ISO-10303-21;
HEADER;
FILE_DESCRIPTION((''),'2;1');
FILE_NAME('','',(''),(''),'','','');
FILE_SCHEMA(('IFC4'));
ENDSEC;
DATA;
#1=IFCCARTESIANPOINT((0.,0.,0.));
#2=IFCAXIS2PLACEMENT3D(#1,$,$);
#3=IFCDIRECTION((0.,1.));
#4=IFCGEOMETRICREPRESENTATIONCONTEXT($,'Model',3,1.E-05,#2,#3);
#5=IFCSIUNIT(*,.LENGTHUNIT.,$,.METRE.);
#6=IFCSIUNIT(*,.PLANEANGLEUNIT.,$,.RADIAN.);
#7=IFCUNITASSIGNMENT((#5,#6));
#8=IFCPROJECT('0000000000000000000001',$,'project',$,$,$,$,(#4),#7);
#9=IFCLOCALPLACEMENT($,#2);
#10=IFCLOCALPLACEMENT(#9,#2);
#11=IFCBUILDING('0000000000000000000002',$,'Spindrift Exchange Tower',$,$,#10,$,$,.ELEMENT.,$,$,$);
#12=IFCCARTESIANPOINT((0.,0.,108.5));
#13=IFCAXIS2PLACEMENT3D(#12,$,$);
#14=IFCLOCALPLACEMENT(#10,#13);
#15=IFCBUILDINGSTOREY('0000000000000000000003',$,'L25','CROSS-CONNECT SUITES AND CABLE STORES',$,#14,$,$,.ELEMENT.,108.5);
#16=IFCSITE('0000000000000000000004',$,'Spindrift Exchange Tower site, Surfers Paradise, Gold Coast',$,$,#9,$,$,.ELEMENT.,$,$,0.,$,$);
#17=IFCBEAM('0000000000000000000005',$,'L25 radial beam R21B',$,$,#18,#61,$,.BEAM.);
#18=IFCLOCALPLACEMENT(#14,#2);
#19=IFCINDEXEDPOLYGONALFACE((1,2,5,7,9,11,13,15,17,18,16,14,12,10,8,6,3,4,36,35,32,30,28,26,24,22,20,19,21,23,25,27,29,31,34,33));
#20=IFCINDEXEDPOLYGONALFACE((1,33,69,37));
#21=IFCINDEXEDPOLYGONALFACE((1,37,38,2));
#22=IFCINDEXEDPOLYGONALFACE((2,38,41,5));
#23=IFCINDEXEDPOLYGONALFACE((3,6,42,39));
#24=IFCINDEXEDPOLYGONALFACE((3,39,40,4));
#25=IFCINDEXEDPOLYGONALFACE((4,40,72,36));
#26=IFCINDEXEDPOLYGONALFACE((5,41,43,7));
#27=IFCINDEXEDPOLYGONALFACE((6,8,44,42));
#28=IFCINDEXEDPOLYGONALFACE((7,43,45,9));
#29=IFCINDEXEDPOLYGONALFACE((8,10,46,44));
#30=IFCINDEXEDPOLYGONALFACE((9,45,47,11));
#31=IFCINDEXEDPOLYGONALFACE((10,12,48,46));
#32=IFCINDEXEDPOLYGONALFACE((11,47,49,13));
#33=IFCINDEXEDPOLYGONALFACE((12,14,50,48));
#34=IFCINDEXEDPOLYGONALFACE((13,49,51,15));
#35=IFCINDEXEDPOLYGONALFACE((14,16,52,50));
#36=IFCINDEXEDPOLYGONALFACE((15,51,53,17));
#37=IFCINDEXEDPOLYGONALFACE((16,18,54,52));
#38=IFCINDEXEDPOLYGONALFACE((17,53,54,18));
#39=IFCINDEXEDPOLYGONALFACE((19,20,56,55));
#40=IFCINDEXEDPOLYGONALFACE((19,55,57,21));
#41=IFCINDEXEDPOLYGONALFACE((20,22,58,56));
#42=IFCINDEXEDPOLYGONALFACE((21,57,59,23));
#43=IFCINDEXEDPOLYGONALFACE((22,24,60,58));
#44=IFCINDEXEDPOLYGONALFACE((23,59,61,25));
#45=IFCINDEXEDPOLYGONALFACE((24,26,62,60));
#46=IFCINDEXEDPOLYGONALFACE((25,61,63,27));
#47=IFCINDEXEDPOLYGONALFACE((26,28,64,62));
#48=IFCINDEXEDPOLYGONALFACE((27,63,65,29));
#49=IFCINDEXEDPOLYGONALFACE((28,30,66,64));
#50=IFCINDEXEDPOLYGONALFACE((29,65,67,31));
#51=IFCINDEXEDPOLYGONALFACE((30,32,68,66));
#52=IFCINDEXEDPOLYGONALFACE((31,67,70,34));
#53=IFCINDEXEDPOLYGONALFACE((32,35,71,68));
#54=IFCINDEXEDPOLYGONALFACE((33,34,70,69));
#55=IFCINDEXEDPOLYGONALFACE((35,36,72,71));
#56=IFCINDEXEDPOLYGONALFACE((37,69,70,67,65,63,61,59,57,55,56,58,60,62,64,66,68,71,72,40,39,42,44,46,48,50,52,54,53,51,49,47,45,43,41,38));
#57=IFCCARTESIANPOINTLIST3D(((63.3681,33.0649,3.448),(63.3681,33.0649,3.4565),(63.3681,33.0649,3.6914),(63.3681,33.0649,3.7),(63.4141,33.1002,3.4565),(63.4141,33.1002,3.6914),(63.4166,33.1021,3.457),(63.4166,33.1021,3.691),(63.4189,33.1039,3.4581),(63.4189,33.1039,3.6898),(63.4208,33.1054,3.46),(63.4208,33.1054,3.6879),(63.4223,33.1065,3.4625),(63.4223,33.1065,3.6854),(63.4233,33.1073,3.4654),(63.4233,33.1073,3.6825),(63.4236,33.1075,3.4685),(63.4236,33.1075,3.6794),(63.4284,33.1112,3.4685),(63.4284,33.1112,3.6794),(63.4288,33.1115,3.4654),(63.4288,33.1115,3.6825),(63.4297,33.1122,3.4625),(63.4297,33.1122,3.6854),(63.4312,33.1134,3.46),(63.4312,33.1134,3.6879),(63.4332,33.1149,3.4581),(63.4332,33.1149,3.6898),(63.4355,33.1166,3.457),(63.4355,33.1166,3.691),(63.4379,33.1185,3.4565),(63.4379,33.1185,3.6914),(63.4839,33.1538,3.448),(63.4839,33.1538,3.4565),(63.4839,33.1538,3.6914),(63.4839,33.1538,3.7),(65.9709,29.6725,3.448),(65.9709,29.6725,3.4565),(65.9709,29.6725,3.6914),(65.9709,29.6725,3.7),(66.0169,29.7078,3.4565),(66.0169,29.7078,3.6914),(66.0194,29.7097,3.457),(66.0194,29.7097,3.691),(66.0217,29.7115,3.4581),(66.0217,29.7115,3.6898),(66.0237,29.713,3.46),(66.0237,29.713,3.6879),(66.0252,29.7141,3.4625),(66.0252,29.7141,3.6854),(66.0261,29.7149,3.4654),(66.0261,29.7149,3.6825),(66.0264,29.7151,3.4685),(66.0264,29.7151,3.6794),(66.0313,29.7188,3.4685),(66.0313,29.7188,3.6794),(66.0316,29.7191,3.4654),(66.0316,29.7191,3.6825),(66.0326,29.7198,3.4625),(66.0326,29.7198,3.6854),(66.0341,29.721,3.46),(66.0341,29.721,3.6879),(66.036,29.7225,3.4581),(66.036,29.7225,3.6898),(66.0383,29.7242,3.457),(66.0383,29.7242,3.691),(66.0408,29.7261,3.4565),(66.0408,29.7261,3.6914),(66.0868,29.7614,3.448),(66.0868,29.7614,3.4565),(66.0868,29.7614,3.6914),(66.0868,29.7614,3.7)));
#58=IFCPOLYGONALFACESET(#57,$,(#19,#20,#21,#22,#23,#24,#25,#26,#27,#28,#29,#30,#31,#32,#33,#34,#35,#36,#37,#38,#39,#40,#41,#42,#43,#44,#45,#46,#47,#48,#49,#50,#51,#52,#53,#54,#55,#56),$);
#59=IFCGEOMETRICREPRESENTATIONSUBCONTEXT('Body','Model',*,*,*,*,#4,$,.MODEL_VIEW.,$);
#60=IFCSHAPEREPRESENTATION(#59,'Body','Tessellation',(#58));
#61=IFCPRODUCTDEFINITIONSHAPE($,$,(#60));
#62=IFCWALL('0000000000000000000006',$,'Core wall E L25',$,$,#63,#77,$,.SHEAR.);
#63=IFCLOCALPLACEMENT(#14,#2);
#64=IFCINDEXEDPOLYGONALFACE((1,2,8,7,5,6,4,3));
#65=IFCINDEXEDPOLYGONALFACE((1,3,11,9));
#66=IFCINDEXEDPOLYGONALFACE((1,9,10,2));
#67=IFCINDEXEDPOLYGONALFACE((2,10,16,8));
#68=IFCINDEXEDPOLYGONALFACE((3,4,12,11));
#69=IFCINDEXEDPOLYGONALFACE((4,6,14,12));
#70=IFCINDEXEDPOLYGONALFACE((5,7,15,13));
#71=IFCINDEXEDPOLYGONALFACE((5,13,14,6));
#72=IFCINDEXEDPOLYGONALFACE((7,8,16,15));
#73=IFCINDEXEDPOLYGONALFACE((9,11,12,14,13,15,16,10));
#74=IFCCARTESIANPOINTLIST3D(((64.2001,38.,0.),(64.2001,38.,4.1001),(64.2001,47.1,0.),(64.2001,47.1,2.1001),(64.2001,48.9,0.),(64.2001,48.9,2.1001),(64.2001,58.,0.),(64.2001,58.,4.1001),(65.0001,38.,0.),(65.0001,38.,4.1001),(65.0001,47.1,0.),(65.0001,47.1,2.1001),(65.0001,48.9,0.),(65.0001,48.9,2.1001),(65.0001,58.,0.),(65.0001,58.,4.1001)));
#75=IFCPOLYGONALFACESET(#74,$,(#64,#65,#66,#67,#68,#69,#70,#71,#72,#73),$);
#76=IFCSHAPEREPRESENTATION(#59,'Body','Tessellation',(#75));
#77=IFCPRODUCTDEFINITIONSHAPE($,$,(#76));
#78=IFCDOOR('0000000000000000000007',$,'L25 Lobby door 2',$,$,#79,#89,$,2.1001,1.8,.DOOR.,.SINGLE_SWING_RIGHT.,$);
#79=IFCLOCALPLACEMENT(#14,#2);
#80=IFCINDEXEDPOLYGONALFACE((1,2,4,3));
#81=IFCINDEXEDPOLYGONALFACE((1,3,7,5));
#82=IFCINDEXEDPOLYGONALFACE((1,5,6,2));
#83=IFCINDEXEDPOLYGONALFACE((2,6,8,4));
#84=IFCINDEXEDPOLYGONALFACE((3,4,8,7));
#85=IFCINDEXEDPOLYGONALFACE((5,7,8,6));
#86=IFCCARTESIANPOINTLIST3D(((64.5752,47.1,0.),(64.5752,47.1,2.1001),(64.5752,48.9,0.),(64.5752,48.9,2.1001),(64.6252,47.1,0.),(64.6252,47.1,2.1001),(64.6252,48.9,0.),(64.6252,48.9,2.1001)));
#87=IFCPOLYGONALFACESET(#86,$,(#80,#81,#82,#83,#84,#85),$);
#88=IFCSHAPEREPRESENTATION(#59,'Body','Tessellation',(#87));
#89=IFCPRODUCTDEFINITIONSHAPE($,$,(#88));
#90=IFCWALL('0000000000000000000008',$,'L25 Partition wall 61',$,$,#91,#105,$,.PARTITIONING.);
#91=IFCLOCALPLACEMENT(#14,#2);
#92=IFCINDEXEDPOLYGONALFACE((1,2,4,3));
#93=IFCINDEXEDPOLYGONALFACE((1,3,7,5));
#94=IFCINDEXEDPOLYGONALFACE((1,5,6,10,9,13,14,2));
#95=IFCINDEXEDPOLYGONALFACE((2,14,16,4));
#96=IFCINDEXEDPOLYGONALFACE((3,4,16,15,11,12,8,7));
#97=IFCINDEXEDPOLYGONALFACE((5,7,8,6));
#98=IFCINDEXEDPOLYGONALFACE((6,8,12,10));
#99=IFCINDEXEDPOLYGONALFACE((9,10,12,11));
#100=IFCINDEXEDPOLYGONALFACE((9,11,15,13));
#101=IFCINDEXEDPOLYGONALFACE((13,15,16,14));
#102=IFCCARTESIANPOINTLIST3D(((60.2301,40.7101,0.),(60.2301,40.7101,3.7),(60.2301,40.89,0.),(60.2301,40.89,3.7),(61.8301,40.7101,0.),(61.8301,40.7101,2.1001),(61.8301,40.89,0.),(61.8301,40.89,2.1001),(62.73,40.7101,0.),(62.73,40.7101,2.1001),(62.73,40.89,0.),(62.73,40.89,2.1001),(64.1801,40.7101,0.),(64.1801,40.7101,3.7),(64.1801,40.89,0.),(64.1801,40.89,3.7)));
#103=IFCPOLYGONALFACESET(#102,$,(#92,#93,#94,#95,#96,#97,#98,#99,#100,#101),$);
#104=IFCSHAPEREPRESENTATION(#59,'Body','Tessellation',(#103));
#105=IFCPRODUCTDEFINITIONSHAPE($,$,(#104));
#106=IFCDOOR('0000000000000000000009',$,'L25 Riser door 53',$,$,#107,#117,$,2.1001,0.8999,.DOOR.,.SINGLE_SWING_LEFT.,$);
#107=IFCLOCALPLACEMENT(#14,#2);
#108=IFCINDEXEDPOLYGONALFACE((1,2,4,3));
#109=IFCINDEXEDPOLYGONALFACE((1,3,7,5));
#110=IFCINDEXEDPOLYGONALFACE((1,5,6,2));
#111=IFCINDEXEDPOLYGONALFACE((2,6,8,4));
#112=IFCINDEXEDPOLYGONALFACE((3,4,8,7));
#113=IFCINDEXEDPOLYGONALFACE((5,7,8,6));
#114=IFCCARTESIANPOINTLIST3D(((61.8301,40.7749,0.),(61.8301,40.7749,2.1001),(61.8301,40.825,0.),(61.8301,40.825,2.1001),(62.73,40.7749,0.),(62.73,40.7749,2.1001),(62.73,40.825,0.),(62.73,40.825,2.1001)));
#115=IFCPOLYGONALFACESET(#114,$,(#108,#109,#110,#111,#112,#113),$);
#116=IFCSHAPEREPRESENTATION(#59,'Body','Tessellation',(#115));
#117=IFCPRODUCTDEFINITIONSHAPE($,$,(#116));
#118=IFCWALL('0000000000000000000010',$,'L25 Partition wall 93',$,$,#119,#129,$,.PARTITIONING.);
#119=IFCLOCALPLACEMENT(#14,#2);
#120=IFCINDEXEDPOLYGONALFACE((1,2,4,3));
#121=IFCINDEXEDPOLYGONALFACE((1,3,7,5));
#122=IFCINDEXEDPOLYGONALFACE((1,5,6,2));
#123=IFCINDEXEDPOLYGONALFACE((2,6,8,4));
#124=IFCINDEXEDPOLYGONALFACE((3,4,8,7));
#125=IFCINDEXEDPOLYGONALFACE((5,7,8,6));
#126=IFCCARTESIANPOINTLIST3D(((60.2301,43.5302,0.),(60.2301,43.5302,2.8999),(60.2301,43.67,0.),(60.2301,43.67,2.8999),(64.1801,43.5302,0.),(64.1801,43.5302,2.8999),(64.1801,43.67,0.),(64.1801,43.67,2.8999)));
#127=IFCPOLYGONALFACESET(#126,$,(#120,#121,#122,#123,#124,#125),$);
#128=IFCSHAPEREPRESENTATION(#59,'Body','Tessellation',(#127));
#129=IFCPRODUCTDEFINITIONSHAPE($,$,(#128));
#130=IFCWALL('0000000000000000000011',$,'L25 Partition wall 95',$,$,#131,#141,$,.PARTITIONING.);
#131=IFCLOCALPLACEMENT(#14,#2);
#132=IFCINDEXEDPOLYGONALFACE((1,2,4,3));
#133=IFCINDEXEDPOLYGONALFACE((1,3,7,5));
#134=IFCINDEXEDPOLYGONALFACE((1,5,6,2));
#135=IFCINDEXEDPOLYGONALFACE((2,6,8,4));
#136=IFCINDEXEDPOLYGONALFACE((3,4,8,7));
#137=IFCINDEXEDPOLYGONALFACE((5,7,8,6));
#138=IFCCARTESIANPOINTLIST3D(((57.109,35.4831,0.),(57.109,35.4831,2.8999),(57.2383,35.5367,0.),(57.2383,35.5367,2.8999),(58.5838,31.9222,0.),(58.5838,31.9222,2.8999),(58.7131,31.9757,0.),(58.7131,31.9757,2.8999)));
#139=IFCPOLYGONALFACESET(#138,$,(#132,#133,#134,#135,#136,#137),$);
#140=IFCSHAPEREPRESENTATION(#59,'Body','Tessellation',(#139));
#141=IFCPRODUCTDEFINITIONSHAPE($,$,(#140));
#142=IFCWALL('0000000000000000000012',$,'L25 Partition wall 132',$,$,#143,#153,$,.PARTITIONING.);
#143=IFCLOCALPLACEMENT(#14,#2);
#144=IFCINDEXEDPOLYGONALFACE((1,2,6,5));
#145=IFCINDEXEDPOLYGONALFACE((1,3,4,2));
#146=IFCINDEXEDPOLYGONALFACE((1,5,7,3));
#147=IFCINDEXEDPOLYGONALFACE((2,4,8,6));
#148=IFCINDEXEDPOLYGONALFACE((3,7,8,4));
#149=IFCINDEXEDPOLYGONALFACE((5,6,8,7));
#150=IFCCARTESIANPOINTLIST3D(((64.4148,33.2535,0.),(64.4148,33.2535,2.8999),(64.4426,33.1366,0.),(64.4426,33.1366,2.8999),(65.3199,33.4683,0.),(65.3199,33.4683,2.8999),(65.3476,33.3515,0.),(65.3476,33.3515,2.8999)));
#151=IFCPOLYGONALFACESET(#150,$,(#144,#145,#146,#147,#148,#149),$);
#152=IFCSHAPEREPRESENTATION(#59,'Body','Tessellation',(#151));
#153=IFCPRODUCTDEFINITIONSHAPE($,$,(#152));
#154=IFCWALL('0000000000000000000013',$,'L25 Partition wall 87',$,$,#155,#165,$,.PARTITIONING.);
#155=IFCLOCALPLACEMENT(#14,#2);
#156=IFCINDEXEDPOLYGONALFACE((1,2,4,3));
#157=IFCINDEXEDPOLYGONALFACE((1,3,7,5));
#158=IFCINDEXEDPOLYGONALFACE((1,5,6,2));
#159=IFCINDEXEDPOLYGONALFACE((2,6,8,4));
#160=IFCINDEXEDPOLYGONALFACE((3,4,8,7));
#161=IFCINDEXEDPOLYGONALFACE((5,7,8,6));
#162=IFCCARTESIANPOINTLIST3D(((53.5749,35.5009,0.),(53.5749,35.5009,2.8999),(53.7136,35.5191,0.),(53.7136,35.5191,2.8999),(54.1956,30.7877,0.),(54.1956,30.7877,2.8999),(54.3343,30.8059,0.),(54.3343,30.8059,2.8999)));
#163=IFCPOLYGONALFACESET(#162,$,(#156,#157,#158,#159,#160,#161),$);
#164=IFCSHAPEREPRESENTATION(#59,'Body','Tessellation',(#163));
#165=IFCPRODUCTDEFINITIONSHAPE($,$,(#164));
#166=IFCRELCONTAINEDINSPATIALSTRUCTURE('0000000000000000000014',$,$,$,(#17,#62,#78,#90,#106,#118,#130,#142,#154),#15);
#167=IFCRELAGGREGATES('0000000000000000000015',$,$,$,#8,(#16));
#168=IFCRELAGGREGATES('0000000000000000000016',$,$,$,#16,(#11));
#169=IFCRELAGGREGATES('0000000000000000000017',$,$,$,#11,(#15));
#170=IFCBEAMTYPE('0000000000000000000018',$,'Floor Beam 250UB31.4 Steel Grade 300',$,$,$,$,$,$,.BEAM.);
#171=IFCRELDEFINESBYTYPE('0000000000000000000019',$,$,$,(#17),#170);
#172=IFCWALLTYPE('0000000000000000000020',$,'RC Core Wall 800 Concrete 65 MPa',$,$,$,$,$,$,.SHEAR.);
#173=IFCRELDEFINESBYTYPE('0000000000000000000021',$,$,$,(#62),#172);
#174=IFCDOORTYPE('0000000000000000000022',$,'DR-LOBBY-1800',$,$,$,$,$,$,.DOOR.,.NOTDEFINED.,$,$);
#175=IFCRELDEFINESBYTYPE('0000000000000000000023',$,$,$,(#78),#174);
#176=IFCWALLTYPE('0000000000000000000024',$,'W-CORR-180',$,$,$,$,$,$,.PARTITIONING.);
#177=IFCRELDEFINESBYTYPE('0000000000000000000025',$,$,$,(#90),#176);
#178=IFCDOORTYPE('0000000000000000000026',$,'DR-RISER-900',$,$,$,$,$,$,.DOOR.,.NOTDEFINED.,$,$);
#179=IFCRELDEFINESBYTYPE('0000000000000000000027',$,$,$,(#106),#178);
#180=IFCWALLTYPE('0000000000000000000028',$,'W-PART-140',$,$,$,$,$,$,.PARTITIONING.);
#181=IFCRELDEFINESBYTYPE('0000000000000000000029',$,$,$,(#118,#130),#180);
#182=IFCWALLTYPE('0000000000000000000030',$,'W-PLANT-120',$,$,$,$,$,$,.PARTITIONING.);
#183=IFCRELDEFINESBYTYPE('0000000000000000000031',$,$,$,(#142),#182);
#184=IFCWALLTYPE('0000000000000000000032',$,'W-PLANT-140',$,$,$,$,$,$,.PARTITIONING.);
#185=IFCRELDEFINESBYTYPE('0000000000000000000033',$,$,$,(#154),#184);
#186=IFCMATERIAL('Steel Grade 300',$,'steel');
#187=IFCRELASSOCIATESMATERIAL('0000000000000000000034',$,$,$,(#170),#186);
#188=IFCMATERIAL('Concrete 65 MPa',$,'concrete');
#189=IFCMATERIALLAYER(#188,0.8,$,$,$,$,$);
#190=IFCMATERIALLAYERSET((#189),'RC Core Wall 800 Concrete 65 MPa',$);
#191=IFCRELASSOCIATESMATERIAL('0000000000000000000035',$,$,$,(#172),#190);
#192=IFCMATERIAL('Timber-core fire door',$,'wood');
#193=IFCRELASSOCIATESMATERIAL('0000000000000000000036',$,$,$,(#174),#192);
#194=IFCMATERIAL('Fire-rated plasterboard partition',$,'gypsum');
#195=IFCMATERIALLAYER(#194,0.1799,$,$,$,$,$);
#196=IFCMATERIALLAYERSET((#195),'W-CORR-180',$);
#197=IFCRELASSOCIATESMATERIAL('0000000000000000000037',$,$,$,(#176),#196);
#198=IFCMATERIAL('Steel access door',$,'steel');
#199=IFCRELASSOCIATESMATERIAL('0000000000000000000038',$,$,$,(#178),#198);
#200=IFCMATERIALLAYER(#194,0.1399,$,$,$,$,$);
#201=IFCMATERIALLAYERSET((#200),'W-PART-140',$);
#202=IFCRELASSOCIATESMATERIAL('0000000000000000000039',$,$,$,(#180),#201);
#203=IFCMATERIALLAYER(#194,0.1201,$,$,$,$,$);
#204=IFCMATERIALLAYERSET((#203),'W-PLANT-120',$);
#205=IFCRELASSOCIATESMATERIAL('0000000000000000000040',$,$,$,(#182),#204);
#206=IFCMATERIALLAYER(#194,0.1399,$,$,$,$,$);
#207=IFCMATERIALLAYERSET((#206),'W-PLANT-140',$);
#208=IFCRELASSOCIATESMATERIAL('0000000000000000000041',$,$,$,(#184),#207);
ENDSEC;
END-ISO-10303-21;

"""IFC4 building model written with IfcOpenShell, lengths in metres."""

from ifc_helpers import new_model, si_unit, direction, frame, frame_2d, origin, origin_2d, place, context, subcontext, project, spatial, rectangle, i_section, extrude, source, transform, mapped, material, layer, layer_set, material_profile, profile_set, type_object, element, fill, save


model = new_model("IFC4")

# Units and contexts
model_context = context("Model", 3, precision=1e-05, world=origin(), true_north=direction((0.0, 1.0)))
body_context = subcontext(model_context, "Body", "Model", "MODEL_VIEW")
ifc_project = project(units=[si_unit("LENGTHUNIT", "METRE"), si_unit("PLANEANGLEUNIT", "RADIAN")], contexts=[model_context])

# Site, building, storey
site_placement = place(None, origin())
site = spatial("IfcSite", under=ifc_project, at=site_placement, Name="Spindrift Exchange Tower site, Surfers Paradise, Gold Coast", CompositionType="ELEMENT", RefElevation=0.0)
building_placement = place(site_placement, origin())
building = spatial("IfcBuilding", under=site, at=building_placement, Name="Spindrift Exchange Tower", CompositionType="ELEMENT")
storey_placement = place(building_placement, frame((0.0, 0.0, 108.5)))
storey = spatial("IfcBuildingStorey", under=building, at=storey_placement, Name="L25", Description="CROSS-CONNECT SUITES AND CABLE STORES", CompositionType="ELEMENT", Elevation=108.5)

# Shared definitions
ifc_material_1 = material(Name="Concrete 65 MPa", Category="concrete")

# Beam
ifc_material_2 = material(Name="Steel Grade 300", Category="steel")
ifc_material_profile_1 = material_profile(ifc_material_2, i_section(OverallWidth=0.146, OverallDepth=0.252, WebThickness=0.0061, FlangeThickness=0.0085, FilletRadius=0.012, at=origin_2d()), Name="250UB31.4")
ifc_profile_set_1 = profile_set([ifc_material_profile_1], Name="Steel Grade 300")
beam_type_1 = type_object("IfcBeamType", Name="Floor Beam 250UB31.4 Steel Grade 300", PredefinedType="BEAM", material=ifc_profile_set_1)
shared_shape_1 = source(origin(), body_context, "Body", "SweptSolid", [
    extrude(i_section(OverallWidth=0.146, OverallDepth=0.252, WebThickness=0.0061, FlangeThickness=0.0085, FilletRadius=0.012, at=origin_2d()), origin(), (0.0, 0.0, 1.0), 4.2759),
])
beam_1_placement = place(storey_placement, frame((63.426, 33.1094, 3.574), z_axis=(0.608725, -0.793381, 0.0), x_axis=(0.793381, 0.608725, 0.0)))
element("IfcBeam", 1, at=beam_1_placement, inside=storey, type_object=beam_type_1, Name="L25 radial beam R21B", PredefinedType="BEAM", context=body_context, shape_type="MappedRepresentation", body=[
    mapped(shared_shape_1, transform((0.0, 0.0, 0.0), scale=1.0)),
])

# Walls, openings, doors
ifc_layer_1 = layer(ifc_material_1, 0.8)
ifc_layer_set_1 = layer_set([ifc_layer_1], Name="RC Core Wall 800 Concrete 65 MPa")
wall_type_1 = type_object("IfcWallType", Name="RC Core Wall 800 Concrete 65 MPa", PredefinedType="SHEAR", material=ifc_layer_set_1)
wall_1_placement = place(storey_placement, frame((64.6001, 38.0, 0.0), z_axis=(0.0, 0.0, 1.0), x_axis=(0.0, 1.0, 0.0)))
wall_1 = element("IfcWall", 2, at=wall_1_placement, inside=storey, type_object=wall_type_1, Name="Core wall E L25", PredefinedType="SHEAR", context=body_context, shape_type="SweptSolid", body=[
    extrude(rectangle(XDim=20.0, YDim=0.8, at=frame_2d((10.0, 0.0))), origin(), (0.0, 0.0, 1.0), 4.1001),
])
opening_1_placement = place(wall_1_placement, frame((9.1001, 0.0, 0.0)))
opening_1 = element("IfcOpeningElement", 3, at=opening_1_placement, cuts=wall_1, PredefinedType="OPENING", context=body_context, shape_type="SweptSolid", body=[
    extrude(rectangle(XDim=1.8, YDim=2.1001, at=frame_2d((0.8999, 1.05))), frame((0.0, 0.4099, 0.0), z_axis=(0.0, -1.0, 0.0), x_axis=(1.0, 0.0, 0.0)), (0.0, 0.0, 1.0), 0.8201),
])
ifc_material_3 = material(Name="Timber-core fire door", Category="wood")
door_type_1 = type_object("IfcDoorType", Name="DR-LOBBY-1800", OperationType="NOTDEFINED", PredefinedType="DOOR", material=ifc_material_3)
shared_shape_2 = source(origin(), body_context, "Body", "SweptSolid", [
    extrude(rectangle(XDim=1.8, YDim=2.1001, at=frame_2d((0.8999, 1.05))), frame((0.0, 0.0249, 0.0), z_axis=(0.0, -1.0, 0.0), x_axis=(1.0, 0.0, 0.0)), (0.0, 0.0, 1.0), 0.05),
])
door_1_placement = place(opening_1_placement, origin())
door_1 = element("IfcDoor", 4, at=door_1_placement, inside=storey, type_object=door_type_1, Name="L25 Lobby door 2", OperationType="SINGLE_SWING_RIGHT", OverallHeight=2.1001, OverallWidth=1.8, PredefinedType="DOOR", context=body_context, shape_type="MappedRepresentation", body=[
    mapped(shared_shape_2, transform((0.0, 0.0, 0.0), scale=1.0)),
])
fill(opening_1, door_1)
ifc_material_4 = material(Name="Fire-rated plasterboard partition", Category="gypsum")
ifc_layer_2 = layer(ifc_material_4, 0.1799)
ifc_layer_set_2 = layer_set([ifc_layer_2], Name="W-CORR-180")
wall_type_2 = type_object("IfcWallType", Name="W-CORR-180", PredefinedType="PARTITIONING", material=ifc_layer_set_2)
wall_2_placement = place(storey_placement, frame((60.23, 40.8, 0.0), z_axis=(0.0, 0.0, 1.0), x_axis=(1.0, 0.0, 0.0)))
wall_2 = element("IfcWall", 5, at=wall_2_placement, inside=storey, type_object=wall_type_2, Name="L25 Partition wall 61", PredefinedType="PARTITIONING", context=body_context, shape_type="SweptSolid", body=[
    extrude(rectangle(XDim=3.95, YDim=0.1799, at=frame_2d((1.9751, 0.0))), origin(), (0.0, 0.0, 1.0), 3.7),
])
opening_2_placement = place(wall_2_placement, frame((1.6001, 0.0, 0.0)))
opening_2 = element("IfcOpeningElement", 6, at=opening_2_placement, cuts=wall_2, PredefinedType="OPENING", context=body_context, shape_type="SweptSolid", body=[
    extrude(rectangle(XDim=0.8999, YDim=2.1001, at=frame_2d((0.45, 1.05))), frame((0.0, 0.0999, 0.0), z_axis=(0.0, -1.0, 0.0), x_axis=(1.0, 0.0, 0.0)), (0.0, 0.0, 1.0), 0.2),
])
ifc_material_5 = material(Name="Steel access door", Category="steel")
door_type_2 = type_object("IfcDoorType", Name="DR-RISER-900", OperationType="NOTDEFINED", PredefinedType="DOOR", material=ifc_material_5)
shared_shape_3 = source(origin(), body_context, "Body", "SweptSolid", [
    extrude(rectangle(XDim=0.8999, YDim=2.1001, at=frame_2d((0.45, 1.05))), frame((0.0, 0.0249, 0.0), z_axis=(0.0, -1.0, 0.0), x_axis=(1.0, 0.0, 0.0)), (0.0, 0.0, 1.0), 0.05),
])
door_2_placement = place(opening_2_placement, origin())
door_2 = element("IfcDoor", 7, at=door_2_placement, inside=storey, type_object=door_type_2, Name="L25 Riser door 53", OperationType="SINGLE_SWING_LEFT", OverallHeight=2.1001, OverallWidth=0.8999, PredefinedType="DOOR", context=body_context, shape_type="MappedRepresentation", body=[
    mapped(shared_shape_3, transform((0.0, 0.0, 0.0), scale=1.0)),
])
fill(opening_2, door_2)

# Walls
ifc_layer_3 = layer(ifc_material_4, 0.1399)
ifc_layer_set_3 = layer_set([ifc_layer_3], Name="W-PART-140")
wall_type_3 = type_object("IfcWallType", Name="W-PART-140", PredefinedType="PARTITIONING", material=ifc_layer_set_3)
wall_3_placement = place(storey_placement, frame((60.23, 43.6001, 0.0), z_axis=(0.0, 0.0, 1.0), x_axis=(1.0, 0.0, 0.0)))
element("IfcWall", 8, at=wall_3_placement, inside=storey, type_object=wall_type_3, Name="L25 Partition wall 93", PredefinedType="PARTITIONING", context=body_context, shape_type="SweptSolid", body=[
    extrude(rectangle(XDim=3.95, YDim=0.1399, at=frame_2d((1.9751, 0.0))), origin(), (0.0, 0.0, 1.0), 2.8999),
])
wall_4_placement = place(storey_placement, frame((57.1736, 35.51, 0.0), z_axis=(0.0, 0.0, 1.0), x_axis=(0.382645, -0.923896, 0.0)))
element("IfcWall", 9, at=wall_4_placement, inside=storey, type_object=wall_type_3, Name="L25 Partition wall 95", PredefinedType="PARTITIONING", context=body_context, shape_type="SweptSolid", body=[
    extrude(rectangle(XDim=3.8542, YDim=0.1399, at=frame_2d((1.9272, 0.0))), origin(), (0.0, 0.0, 1.0), 2.8999),
])
ifc_layer_4 = layer(ifc_material_4, 0.1201)
ifc_layer_set_4 = layer_set([ifc_layer_4], Name="W-PLANT-120")
wall_type_4 = type_object("IfcWallType", Name="W-PLANT-120", PredefinedType="PARTITIONING", material=ifc_layer_set_4)
wall_5_placement = place(storey_placement, frame((64.4287, 33.1951, 0.0), z_axis=(0.0, 0.0, 1.0), x_axis=(0.972961, 0.23097, 0.0)))
element("IfcWall", 10, at=wall_5_placement, inside=storey, type_object=wall_type_4, Name="L25 Partition wall 132", PredefinedType="PARTITIONING", context=body_context, shape_type="SweptSolid", body=[
    extrude(rectangle(XDim=0.9302, YDim=0.1201, at=frame_2d((0.4651, 0.0))), origin(), (0.0, 0.0, 1.0), 2.8999),
])
ifc_layer_5 = layer(ifc_material_4, 0.1399)
ifc_layer_set_5 = layer_set([ifc_layer_5], Name="W-PLANT-140")
wall_type_5 = type_object("IfcWallType", Name="W-PLANT-140", PredefinedType="PARTITIONING", material=ifc_layer_set_5)
wall_6_placement = place(storey_placement, frame((53.6443, 35.51, 0.0), z_axis=(0.0, 0.0, 1.0), x_axis=(0.130549, -0.991442, 0.0)))
element("IfcWall", 11, at=wall_6_placement, inside=storey, type_object=wall_type_5, Name="L25 Partition wall 87", PredefinedType="PARTITIONING", context=body_context, shape_type="SweptSolid", body=[
    extrude(rectangle(XDim=4.7539, YDim=0.1399, at=frame_2d((2.377, 0.0))), origin(), (0.0, 0.0, 1.0), 2.8999),
])

save(model, "model.ifc")
